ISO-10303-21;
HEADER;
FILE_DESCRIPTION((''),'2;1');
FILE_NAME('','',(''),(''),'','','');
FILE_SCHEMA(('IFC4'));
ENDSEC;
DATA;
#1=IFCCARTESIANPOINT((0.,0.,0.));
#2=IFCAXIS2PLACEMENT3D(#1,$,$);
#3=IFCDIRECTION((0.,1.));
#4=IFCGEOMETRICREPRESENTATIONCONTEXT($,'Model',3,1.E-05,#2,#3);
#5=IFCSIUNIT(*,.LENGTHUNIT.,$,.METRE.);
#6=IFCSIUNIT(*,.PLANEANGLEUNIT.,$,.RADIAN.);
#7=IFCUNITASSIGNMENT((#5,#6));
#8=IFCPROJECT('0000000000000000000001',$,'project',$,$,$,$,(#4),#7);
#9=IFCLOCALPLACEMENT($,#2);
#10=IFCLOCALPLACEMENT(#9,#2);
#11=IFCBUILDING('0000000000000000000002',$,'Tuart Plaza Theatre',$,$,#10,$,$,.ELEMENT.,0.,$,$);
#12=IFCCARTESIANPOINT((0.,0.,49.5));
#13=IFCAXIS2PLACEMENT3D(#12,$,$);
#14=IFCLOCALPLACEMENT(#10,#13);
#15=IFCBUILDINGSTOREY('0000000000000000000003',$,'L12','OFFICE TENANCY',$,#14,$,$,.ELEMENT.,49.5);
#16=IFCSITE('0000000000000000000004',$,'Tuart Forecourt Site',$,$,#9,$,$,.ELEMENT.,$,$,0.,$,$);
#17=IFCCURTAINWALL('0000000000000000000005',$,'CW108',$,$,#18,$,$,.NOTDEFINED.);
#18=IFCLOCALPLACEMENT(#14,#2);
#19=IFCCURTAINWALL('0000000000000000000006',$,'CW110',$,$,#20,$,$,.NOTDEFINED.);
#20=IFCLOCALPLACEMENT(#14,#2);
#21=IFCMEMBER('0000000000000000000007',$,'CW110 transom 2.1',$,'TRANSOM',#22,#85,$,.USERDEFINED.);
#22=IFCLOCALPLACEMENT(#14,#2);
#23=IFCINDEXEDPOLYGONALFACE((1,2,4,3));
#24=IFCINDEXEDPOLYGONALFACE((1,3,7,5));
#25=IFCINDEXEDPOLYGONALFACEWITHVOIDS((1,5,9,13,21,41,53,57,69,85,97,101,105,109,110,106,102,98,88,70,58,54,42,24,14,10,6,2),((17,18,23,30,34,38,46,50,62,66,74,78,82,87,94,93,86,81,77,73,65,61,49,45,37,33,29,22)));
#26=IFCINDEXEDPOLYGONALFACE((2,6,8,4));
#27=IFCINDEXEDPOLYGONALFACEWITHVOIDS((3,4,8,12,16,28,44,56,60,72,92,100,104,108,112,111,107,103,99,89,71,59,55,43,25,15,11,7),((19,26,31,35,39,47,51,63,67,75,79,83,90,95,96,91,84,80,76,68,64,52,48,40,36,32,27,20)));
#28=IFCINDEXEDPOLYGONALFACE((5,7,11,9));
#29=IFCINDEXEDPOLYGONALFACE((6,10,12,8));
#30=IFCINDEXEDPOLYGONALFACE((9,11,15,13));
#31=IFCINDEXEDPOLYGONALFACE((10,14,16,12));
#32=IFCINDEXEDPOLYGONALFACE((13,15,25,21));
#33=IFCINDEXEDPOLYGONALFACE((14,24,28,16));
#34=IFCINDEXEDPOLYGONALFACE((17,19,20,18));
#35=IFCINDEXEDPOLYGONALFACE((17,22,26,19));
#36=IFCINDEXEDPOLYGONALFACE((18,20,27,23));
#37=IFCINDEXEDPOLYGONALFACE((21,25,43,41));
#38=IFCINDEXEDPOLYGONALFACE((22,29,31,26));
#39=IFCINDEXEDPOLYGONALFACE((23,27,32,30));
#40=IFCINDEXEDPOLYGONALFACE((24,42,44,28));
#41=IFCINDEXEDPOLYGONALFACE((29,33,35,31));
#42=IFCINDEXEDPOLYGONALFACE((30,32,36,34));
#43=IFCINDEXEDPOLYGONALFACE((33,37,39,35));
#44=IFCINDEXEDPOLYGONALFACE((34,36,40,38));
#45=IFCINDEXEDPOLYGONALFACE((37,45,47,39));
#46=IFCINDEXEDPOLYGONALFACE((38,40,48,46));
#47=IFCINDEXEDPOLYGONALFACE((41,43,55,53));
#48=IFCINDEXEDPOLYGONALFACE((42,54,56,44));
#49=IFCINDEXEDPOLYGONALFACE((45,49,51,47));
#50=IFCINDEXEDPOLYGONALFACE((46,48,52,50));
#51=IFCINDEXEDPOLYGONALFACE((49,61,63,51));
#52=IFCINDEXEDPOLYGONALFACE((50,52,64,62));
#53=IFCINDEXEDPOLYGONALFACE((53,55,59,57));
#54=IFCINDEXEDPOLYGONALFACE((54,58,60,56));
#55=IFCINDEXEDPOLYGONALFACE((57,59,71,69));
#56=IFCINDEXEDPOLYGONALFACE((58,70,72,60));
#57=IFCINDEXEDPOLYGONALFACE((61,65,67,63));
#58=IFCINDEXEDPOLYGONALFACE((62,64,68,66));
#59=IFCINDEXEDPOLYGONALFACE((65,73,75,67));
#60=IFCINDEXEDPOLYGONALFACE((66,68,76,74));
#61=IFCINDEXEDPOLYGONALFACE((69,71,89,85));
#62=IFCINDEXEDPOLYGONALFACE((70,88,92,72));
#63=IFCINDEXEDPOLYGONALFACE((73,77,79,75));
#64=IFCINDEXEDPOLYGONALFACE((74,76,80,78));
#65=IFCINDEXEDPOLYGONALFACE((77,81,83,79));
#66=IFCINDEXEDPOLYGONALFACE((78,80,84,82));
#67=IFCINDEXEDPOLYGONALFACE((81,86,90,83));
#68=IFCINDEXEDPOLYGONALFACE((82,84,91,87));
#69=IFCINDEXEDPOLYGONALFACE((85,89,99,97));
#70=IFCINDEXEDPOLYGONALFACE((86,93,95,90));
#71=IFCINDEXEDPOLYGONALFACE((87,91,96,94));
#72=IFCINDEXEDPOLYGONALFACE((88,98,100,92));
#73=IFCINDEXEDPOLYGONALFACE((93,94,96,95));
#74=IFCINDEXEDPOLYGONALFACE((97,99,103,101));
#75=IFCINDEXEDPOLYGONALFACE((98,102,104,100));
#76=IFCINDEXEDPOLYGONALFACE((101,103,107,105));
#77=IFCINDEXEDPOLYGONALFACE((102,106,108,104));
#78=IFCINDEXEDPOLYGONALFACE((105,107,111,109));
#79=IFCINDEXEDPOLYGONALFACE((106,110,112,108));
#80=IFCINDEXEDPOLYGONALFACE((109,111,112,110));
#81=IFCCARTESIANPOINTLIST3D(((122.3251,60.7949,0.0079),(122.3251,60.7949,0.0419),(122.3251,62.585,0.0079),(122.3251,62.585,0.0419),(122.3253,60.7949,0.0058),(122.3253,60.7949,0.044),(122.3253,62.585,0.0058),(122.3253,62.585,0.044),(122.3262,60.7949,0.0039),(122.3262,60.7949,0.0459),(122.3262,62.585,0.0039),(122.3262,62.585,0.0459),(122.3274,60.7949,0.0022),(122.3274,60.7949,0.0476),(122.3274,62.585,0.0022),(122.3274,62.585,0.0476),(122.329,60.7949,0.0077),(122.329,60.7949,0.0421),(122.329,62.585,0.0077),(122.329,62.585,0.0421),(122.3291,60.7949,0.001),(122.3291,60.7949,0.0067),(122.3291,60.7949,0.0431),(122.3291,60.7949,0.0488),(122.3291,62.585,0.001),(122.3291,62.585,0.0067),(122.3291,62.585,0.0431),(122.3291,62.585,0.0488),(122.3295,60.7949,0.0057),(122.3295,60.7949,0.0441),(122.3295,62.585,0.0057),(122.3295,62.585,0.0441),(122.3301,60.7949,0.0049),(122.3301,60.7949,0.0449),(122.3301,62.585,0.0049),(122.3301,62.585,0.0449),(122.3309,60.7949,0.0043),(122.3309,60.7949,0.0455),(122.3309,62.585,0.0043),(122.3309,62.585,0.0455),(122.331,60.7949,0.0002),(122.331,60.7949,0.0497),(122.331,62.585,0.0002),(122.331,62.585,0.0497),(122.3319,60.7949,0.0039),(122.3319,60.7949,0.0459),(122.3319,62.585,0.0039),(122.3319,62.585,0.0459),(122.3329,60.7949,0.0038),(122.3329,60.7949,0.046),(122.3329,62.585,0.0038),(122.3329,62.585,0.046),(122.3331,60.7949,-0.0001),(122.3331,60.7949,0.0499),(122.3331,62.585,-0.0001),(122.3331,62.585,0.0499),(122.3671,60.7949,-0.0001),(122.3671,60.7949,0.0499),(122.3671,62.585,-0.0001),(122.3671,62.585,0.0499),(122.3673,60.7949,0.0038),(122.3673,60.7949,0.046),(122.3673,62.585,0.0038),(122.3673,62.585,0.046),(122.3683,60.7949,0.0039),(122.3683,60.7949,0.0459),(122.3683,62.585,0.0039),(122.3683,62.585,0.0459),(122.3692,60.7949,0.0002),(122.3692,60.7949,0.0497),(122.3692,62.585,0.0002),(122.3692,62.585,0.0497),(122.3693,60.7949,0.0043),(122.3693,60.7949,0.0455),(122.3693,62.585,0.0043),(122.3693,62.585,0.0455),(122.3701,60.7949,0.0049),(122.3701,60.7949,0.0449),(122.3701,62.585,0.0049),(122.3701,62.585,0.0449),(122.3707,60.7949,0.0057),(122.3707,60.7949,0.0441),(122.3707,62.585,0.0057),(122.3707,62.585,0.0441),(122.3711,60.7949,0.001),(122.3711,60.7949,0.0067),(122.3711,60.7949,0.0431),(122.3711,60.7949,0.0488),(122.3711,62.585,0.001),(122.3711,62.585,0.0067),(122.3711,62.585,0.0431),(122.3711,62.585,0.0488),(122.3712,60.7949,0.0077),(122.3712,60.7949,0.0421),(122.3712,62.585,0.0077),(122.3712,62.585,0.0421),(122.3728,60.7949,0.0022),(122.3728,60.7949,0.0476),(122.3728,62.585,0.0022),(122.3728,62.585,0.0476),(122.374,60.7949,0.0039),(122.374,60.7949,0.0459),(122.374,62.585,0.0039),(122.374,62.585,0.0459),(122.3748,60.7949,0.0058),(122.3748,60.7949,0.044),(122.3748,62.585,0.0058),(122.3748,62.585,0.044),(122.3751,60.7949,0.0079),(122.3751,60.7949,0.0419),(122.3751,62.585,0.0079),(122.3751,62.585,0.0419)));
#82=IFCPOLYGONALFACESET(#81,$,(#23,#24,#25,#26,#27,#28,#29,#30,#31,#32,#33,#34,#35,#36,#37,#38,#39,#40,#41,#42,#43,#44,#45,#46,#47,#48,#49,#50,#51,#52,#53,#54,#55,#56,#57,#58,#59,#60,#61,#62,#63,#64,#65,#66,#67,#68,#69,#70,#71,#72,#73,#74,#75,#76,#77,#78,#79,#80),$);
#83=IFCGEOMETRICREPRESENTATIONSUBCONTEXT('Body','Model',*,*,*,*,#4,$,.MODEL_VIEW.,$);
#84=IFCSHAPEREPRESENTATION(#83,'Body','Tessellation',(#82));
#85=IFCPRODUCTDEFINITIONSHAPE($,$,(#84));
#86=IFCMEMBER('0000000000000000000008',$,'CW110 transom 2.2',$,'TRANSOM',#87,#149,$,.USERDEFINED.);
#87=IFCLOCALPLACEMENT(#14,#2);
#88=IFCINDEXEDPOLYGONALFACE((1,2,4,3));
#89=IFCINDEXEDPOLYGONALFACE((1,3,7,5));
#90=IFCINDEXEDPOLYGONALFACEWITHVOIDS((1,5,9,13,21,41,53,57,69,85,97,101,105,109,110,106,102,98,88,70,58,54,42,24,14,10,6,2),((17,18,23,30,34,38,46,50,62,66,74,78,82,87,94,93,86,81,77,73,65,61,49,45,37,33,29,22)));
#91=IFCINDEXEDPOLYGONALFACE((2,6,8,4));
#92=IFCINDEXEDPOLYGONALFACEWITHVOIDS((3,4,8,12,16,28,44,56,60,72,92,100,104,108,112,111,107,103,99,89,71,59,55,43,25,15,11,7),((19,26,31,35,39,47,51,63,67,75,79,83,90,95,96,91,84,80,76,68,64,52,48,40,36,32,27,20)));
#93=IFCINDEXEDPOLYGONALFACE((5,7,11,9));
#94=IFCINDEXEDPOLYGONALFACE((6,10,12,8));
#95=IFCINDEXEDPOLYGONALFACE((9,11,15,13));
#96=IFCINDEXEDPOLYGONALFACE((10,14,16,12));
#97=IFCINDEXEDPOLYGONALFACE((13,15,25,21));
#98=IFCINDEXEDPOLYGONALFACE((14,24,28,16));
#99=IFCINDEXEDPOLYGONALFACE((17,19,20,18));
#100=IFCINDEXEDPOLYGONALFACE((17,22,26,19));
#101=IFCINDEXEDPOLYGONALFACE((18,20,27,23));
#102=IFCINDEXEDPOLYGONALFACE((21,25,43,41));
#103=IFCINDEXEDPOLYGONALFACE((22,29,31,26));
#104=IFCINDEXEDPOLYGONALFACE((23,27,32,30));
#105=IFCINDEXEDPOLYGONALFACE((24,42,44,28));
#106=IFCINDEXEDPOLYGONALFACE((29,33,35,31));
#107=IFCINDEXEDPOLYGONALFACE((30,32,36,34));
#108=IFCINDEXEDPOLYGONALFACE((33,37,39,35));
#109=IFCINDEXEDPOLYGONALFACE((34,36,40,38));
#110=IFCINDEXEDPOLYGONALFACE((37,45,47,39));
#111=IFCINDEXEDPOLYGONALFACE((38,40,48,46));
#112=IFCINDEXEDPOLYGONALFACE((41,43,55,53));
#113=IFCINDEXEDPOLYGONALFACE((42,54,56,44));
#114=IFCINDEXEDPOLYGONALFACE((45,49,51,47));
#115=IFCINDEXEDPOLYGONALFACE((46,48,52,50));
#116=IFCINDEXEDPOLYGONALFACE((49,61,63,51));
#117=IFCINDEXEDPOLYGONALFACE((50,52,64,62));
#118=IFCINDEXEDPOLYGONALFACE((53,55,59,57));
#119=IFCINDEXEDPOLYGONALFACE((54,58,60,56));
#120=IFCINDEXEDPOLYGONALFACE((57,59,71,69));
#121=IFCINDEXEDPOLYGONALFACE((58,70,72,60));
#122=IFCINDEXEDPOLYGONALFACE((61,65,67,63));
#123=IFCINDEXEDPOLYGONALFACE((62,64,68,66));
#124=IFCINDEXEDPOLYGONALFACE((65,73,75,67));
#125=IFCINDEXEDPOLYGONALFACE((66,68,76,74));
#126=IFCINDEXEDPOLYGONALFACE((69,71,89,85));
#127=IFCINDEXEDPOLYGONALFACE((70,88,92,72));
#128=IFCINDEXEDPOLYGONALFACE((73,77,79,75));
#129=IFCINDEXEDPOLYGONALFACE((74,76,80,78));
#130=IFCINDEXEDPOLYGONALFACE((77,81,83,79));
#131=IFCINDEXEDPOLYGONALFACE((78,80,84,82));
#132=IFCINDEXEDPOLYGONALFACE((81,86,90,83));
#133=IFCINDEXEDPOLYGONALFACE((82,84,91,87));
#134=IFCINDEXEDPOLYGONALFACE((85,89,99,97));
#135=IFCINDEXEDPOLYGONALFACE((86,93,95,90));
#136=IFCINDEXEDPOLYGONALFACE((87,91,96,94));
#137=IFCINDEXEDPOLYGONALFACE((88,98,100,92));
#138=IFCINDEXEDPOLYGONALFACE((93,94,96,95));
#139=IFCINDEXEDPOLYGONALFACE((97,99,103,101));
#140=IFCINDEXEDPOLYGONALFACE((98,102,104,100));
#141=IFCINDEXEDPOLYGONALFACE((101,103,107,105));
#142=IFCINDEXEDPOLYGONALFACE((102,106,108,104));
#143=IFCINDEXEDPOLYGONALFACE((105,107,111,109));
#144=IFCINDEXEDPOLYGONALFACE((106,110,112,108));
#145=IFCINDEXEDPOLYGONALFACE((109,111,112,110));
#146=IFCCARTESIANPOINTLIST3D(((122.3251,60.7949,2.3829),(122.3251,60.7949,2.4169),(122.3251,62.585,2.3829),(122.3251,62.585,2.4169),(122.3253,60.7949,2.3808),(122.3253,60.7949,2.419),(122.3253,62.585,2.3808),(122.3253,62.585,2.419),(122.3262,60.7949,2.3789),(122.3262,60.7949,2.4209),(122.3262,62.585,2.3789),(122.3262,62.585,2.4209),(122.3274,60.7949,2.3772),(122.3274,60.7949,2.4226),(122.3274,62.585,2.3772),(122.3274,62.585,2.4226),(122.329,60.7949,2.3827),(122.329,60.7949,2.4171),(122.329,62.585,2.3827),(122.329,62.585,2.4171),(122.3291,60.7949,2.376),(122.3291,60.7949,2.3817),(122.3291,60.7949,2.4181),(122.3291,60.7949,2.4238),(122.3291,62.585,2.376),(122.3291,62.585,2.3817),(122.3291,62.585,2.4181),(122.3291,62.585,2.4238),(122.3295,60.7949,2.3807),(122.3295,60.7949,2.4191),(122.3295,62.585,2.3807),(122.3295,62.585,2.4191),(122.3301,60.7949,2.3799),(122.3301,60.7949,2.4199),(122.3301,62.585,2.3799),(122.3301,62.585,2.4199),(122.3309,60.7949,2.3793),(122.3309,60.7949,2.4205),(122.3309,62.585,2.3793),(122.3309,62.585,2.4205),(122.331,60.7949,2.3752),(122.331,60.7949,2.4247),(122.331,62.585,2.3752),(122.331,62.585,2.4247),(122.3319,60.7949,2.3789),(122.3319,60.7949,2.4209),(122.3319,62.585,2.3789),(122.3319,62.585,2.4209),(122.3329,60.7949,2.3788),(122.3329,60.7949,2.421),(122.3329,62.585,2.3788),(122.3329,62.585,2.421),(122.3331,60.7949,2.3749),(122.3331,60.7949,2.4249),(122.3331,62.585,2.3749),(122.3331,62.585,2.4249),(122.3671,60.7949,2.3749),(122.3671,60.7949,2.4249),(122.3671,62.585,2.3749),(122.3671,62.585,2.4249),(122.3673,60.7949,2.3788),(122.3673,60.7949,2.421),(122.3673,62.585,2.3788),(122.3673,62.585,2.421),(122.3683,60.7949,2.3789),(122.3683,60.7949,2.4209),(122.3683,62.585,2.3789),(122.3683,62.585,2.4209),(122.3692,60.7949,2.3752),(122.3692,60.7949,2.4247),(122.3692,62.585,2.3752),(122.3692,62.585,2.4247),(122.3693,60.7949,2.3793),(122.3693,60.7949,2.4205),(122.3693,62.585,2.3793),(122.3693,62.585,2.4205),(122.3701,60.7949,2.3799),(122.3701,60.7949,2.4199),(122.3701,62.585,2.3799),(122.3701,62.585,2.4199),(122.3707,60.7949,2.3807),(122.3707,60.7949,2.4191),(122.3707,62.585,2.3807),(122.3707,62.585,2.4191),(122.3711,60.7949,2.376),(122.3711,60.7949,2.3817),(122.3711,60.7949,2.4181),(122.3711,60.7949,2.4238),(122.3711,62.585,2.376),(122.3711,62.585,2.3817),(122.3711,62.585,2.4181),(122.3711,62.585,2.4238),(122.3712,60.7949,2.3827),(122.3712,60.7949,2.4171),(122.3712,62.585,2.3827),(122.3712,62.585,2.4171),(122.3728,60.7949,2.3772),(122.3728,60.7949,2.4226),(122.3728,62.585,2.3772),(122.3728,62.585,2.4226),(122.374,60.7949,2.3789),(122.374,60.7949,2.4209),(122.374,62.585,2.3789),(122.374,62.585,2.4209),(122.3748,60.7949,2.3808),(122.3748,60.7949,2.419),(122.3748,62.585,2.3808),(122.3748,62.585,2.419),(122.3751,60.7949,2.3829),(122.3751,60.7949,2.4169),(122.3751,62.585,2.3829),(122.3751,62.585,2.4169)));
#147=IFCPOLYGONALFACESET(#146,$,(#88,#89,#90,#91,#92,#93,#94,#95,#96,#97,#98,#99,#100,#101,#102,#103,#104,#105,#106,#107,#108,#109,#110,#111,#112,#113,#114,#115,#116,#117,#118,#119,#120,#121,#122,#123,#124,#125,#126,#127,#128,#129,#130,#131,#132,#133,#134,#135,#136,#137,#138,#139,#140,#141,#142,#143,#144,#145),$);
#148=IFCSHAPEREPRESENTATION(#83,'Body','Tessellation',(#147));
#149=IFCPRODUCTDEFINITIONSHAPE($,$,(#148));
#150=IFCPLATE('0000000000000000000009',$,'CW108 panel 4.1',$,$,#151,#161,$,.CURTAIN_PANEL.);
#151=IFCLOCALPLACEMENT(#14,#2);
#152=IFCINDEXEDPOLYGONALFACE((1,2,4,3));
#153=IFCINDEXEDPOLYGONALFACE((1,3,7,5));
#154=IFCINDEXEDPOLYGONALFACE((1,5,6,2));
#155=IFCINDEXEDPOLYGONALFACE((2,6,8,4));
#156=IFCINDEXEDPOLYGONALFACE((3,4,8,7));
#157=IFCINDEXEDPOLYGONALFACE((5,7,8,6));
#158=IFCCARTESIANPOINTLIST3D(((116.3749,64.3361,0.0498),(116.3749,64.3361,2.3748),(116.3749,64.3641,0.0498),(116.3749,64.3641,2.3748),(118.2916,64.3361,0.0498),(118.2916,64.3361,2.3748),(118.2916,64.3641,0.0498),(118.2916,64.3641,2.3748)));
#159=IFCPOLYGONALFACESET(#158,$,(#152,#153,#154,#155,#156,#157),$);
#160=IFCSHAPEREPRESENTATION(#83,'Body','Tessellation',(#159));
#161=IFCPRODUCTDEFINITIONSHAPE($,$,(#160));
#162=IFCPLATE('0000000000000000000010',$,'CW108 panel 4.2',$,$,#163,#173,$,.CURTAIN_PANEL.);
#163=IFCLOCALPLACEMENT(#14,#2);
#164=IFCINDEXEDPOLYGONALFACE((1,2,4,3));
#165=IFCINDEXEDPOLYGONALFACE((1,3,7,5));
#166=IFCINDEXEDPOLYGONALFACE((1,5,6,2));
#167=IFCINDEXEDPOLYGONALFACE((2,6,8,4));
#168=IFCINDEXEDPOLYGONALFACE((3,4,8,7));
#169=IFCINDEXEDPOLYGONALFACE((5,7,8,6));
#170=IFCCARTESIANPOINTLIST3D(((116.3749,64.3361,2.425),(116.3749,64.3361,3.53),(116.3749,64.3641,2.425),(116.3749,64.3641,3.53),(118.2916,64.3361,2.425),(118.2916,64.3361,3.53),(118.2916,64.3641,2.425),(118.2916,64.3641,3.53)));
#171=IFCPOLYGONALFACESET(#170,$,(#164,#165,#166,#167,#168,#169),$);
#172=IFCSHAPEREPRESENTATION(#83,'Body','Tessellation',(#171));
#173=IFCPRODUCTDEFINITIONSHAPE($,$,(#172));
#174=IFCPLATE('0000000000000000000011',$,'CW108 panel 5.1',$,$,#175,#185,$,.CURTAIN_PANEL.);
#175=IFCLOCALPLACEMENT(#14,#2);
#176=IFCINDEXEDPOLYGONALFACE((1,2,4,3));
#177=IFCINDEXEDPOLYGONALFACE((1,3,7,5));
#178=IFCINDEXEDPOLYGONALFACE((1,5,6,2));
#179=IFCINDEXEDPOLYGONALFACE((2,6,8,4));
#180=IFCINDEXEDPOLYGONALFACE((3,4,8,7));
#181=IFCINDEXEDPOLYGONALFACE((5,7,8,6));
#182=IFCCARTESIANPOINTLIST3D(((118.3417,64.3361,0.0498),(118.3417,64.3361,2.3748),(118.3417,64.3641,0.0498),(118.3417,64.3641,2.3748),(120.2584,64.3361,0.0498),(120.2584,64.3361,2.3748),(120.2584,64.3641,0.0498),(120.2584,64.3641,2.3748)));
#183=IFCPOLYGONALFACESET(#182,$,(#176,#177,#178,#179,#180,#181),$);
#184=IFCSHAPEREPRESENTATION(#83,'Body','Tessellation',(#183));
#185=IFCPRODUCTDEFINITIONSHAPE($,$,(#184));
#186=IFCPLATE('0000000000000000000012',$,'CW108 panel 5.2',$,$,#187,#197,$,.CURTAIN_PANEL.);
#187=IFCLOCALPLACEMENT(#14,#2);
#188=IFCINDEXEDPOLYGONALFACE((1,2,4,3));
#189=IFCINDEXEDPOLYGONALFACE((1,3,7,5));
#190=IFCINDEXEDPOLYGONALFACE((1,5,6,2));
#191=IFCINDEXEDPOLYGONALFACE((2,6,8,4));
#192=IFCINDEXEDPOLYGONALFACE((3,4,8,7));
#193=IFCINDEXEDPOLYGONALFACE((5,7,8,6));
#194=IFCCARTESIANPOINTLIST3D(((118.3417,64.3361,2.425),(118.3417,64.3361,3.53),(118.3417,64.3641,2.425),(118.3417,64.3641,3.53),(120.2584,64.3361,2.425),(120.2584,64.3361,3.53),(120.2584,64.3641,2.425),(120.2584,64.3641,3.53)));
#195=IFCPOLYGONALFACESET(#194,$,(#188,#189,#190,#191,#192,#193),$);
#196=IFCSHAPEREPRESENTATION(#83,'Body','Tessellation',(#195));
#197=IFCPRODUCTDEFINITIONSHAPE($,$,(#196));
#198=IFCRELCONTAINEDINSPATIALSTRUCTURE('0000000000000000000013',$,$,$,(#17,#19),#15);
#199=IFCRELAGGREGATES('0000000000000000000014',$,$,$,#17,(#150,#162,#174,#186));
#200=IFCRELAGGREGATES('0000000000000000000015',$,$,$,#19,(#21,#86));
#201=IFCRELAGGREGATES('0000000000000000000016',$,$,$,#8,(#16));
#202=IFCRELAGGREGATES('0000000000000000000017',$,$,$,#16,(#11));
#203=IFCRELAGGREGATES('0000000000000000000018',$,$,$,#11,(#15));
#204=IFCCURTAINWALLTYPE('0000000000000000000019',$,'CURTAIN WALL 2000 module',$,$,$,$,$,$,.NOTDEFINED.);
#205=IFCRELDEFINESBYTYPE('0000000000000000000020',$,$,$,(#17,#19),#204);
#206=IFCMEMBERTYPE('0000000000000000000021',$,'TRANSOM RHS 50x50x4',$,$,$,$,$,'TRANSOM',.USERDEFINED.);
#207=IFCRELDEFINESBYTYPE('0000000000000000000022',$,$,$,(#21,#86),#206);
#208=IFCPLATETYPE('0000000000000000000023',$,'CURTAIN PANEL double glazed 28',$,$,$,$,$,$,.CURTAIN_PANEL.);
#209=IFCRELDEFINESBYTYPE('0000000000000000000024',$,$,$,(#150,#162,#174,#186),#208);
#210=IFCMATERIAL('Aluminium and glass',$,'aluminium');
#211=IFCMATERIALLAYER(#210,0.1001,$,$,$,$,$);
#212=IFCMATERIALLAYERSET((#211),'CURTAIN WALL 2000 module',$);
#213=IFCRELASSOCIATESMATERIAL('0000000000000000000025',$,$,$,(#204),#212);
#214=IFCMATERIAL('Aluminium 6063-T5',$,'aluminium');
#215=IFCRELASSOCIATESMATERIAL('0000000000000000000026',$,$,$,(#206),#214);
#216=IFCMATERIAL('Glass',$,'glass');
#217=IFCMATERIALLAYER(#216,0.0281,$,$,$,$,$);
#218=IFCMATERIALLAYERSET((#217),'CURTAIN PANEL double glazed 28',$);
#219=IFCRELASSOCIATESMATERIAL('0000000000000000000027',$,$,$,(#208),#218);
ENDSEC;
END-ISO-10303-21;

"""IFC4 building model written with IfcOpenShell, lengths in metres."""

from ifc_helpers import new_model, si_unit, direction, frame, origin, origin_2d, place, context, subcontext, project, spatial, rectangle, hollow_rectangle, extrude, material, layer, layer_set, material_profile, profile_set, type_object, element, aggregate, save


model = new_model("IFC4")

# Units and contexts
model_context = context("Model", 3, precision=1e-05, world=origin(), true_north=direction((0.0, 1.0)))
body_context = subcontext(model_context, "Body", "Model", "MODEL_VIEW")
ifc_project = project(units=[si_unit("LENGTHUNIT", "METRE"), si_unit("PLANEANGLEUNIT", "RADIAN")], contexts=[model_context])

# Site, building, storey
site_placement = place(None, origin())
site = spatial("IfcSite", under=ifc_project, at=site_placement, Name="Tuart Forecourt Site", CompositionType="ELEMENT", RefElevation=0.0)
building_placement = place(site_placement, origin())
building = spatial("IfcBuilding", under=site, at=building_placement, Name="Tuart Plaza Theatre", CompositionType="ELEMENT", ElevationOfRefHeight=0.0)
storey_placement = place(building_placement, frame((0.0, 0.0, 49.5)))
storey = spatial("IfcBuildingStorey", under=building, at=storey_placement, Name="L12", Description="OFFICE TENANCY", CompositionType="ELEMENT", Elevation=49.5)

# Curtain walls, members
ifc_material_1 = material(Name="Aluminium and glass", Category="aluminium")
ifc_layer_1 = layer(ifc_material_1, 0.1001)
ifc_layer_set_1 = layer_set([ifc_layer_1], Name="CURTAIN WALL 2000 module")
curtain_wall_type = type_object("IfcCurtainWallType", Name="CURTAIN WALL 2000 module", PredefinedType="NOTDEFINED", material=ifc_layer_set_1)
curtain_wall_1_placement = place(storey_placement, origin())
curtain_wall_1 = element("IfcCurtainWall", 1, at=curtain_wall_1_placement, inside=storey, type_object=curtain_wall_type, Name="CW108", PredefinedType="NOTDEFINED")
ifc_material_2 = material(Name="Aluminium 6063-T5", Category="aluminium")
ifc_material_profile_1 = material_profile(ifc_material_2, hollow_rectangle(XDim=0.05, YDim=0.05, WallThickness=0.0039, InnerFilletRadius=0.0039, OuterFilletRadius=0.0081, at=origin_2d()), Name="RHS 50x50x4")
ifc_profile_set_1 = profile_set([ifc_material_profile_1], Name="Aluminium 6063-T5")
member_type_1 = type_object("IfcMemberType", Name="TRANSOM RHS 50x50x4", ElementType="TRANSOM", PredefinedType="USERDEFINED", material=ifc_profile_set_1)
curtain_wall_2_placement = place(storey_placement, origin())
curtain_wall_2 = element("IfcCurtainWall", 2, at=curtain_wall_2_placement, inside=storey, type_object=curtain_wall_type, Name="CW110", PredefinedType="NOTDEFINED")
member_1_placement = place(storey_placement, frame((122.3501, 62.585, 0.0249), z_axis=(0.0, -1.0, 0.0), x_axis=(1.0, 0.0, 0.0)))
member_1 = element("IfcMember", 3, at=member_1_placement, type_object=member_type_1, Name="CW110 transom 2.1", ObjectType="TRANSOM", PredefinedType="USERDEFINED", context=body_context, shape_type="SweptSolid", body=[
    extrude(hollow_rectangle(XDim=0.05, YDim=0.05, WallThickness=0.0039, InnerFilletRadius=0.0039, OuterFilletRadius=0.0081, at=origin_2d()), origin(), (0.0, 0.0, 1.0), 1.79),
])
member_2_placement = place(storey_placement, frame((122.3501, 62.585, 2.3999), z_axis=(0.0, -1.0, 0.0), x_axis=(1.0, 0.0, 0.0)))
member_2 = element("IfcMember", 4, at=member_2_placement, type_object=member_type_1, Name="CW110 transom 2.2", ObjectType="TRANSOM", PredefinedType="USERDEFINED", context=body_context, shape_type="SweptSolid", body=[
    extrude(hollow_rectangle(XDim=0.05, YDim=0.05, WallThickness=0.0039, InnerFilletRadius=0.0039, OuterFilletRadius=0.0081, at=origin_2d()), origin(), (0.0, 0.0, 1.0), 1.79),
])

# Plates
ifc_material_3 = material(Name="Glass", Category="glass")
ifc_layer_2 = layer(ifc_material_3, 0.0281)
ifc_layer_set_2 = layer_set([ifc_layer_2], Name="CURTAIN PANEL double glazed 28")
plate_type = type_object("IfcPlateType", Name="CURTAIN PANEL double glazed 28", PredefinedType="CURTAIN_PANEL", material=ifc_layer_set_2)
plate_1_placement = place(storey_placement, frame((117.3333, 64.3501, 0.0498), z_axis=(0.0, 0.0, 1.0), x_axis=(1.0, 0.0, 0.0)))
plate_1 = element("IfcPlate", 5, at=plate_1_placement, type_object=plate_type, Name="CW108 panel 4.1", PredefinedType="CURTAIN_PANEL", context=body_context, shape_type="SweptSolid", body=[
    extrude(rectangle(XDim=1.9167, YDim=0.0281, at=origin_2d()), origin(), (0.0, 0.0, 1.0), 2.325),
])
plate_2_placement = place(storey_placement, frame((117.3333, 64.3501, 2.425), z_axis=(0.0, 0.0, 1.0), x_axis=(1.0, 0.0, 0.0)))
plate_2 = element("IfcPlate", 6, at=plate_2_placement, type_object=plate_type, Name="CW108 panel 4.2", PredefinedType="CURTAIN_PANEL", context=body_context, shape_type="SweptSolid", body=[
    extrude(rectangle(XDim=1.9167, YDim=0.0281, at=origin_2d()), origin(), (0.0, 0.0, 1.0), 1.105),
])
plate_3_placement = place(storey_placement, frame((119.3, 64.3501, 0.0498), z_axis=(0.0, 0.0, 1.0), x_axis=(1.0, 0.0, 0.0)))
plate_3 = element("IfcPlate", 7, at=plate_3_placement, type_object=plate_type, Name="CW108 panel 5.1", PredefinedType="CURTAIN_PANEL", context=body_context, shape_type="SweptSolid", body=[
    extrude(rectangle(XDim=1.9167, YDim=0.0281, at=origin_2d()), origin(), (0.0, 0.0, 1.0), 2.325),
])
plate_4_placement = place(storey_placement, frame((119.3, 64.3501, 2.425), z_axis=(0.0, 0.0, 1.0), x_axis=(1.0, 0.0, 0.0)))
plate_4 = element("IfcPlate", 8, at=plate_4_placement, type_object=plate_type, Name="CW108 panel 5.2", PredefinedType="CURTAIN_PANEL", context=body_context, shape_type="SweptSolid", body=[
    extrude(rectangle(XDim=1.9167, YDim=0.0281, at=origin_2d()), origin(), (0.0, 0.0, 1.0), 1.105),
])
aggregate(curtain_wall_1, [plate_1, plate_2, plate_3, plate_4])
aggregate(curtain_wall_2, [member_1, member_2])

save(model, "model.ifc")
